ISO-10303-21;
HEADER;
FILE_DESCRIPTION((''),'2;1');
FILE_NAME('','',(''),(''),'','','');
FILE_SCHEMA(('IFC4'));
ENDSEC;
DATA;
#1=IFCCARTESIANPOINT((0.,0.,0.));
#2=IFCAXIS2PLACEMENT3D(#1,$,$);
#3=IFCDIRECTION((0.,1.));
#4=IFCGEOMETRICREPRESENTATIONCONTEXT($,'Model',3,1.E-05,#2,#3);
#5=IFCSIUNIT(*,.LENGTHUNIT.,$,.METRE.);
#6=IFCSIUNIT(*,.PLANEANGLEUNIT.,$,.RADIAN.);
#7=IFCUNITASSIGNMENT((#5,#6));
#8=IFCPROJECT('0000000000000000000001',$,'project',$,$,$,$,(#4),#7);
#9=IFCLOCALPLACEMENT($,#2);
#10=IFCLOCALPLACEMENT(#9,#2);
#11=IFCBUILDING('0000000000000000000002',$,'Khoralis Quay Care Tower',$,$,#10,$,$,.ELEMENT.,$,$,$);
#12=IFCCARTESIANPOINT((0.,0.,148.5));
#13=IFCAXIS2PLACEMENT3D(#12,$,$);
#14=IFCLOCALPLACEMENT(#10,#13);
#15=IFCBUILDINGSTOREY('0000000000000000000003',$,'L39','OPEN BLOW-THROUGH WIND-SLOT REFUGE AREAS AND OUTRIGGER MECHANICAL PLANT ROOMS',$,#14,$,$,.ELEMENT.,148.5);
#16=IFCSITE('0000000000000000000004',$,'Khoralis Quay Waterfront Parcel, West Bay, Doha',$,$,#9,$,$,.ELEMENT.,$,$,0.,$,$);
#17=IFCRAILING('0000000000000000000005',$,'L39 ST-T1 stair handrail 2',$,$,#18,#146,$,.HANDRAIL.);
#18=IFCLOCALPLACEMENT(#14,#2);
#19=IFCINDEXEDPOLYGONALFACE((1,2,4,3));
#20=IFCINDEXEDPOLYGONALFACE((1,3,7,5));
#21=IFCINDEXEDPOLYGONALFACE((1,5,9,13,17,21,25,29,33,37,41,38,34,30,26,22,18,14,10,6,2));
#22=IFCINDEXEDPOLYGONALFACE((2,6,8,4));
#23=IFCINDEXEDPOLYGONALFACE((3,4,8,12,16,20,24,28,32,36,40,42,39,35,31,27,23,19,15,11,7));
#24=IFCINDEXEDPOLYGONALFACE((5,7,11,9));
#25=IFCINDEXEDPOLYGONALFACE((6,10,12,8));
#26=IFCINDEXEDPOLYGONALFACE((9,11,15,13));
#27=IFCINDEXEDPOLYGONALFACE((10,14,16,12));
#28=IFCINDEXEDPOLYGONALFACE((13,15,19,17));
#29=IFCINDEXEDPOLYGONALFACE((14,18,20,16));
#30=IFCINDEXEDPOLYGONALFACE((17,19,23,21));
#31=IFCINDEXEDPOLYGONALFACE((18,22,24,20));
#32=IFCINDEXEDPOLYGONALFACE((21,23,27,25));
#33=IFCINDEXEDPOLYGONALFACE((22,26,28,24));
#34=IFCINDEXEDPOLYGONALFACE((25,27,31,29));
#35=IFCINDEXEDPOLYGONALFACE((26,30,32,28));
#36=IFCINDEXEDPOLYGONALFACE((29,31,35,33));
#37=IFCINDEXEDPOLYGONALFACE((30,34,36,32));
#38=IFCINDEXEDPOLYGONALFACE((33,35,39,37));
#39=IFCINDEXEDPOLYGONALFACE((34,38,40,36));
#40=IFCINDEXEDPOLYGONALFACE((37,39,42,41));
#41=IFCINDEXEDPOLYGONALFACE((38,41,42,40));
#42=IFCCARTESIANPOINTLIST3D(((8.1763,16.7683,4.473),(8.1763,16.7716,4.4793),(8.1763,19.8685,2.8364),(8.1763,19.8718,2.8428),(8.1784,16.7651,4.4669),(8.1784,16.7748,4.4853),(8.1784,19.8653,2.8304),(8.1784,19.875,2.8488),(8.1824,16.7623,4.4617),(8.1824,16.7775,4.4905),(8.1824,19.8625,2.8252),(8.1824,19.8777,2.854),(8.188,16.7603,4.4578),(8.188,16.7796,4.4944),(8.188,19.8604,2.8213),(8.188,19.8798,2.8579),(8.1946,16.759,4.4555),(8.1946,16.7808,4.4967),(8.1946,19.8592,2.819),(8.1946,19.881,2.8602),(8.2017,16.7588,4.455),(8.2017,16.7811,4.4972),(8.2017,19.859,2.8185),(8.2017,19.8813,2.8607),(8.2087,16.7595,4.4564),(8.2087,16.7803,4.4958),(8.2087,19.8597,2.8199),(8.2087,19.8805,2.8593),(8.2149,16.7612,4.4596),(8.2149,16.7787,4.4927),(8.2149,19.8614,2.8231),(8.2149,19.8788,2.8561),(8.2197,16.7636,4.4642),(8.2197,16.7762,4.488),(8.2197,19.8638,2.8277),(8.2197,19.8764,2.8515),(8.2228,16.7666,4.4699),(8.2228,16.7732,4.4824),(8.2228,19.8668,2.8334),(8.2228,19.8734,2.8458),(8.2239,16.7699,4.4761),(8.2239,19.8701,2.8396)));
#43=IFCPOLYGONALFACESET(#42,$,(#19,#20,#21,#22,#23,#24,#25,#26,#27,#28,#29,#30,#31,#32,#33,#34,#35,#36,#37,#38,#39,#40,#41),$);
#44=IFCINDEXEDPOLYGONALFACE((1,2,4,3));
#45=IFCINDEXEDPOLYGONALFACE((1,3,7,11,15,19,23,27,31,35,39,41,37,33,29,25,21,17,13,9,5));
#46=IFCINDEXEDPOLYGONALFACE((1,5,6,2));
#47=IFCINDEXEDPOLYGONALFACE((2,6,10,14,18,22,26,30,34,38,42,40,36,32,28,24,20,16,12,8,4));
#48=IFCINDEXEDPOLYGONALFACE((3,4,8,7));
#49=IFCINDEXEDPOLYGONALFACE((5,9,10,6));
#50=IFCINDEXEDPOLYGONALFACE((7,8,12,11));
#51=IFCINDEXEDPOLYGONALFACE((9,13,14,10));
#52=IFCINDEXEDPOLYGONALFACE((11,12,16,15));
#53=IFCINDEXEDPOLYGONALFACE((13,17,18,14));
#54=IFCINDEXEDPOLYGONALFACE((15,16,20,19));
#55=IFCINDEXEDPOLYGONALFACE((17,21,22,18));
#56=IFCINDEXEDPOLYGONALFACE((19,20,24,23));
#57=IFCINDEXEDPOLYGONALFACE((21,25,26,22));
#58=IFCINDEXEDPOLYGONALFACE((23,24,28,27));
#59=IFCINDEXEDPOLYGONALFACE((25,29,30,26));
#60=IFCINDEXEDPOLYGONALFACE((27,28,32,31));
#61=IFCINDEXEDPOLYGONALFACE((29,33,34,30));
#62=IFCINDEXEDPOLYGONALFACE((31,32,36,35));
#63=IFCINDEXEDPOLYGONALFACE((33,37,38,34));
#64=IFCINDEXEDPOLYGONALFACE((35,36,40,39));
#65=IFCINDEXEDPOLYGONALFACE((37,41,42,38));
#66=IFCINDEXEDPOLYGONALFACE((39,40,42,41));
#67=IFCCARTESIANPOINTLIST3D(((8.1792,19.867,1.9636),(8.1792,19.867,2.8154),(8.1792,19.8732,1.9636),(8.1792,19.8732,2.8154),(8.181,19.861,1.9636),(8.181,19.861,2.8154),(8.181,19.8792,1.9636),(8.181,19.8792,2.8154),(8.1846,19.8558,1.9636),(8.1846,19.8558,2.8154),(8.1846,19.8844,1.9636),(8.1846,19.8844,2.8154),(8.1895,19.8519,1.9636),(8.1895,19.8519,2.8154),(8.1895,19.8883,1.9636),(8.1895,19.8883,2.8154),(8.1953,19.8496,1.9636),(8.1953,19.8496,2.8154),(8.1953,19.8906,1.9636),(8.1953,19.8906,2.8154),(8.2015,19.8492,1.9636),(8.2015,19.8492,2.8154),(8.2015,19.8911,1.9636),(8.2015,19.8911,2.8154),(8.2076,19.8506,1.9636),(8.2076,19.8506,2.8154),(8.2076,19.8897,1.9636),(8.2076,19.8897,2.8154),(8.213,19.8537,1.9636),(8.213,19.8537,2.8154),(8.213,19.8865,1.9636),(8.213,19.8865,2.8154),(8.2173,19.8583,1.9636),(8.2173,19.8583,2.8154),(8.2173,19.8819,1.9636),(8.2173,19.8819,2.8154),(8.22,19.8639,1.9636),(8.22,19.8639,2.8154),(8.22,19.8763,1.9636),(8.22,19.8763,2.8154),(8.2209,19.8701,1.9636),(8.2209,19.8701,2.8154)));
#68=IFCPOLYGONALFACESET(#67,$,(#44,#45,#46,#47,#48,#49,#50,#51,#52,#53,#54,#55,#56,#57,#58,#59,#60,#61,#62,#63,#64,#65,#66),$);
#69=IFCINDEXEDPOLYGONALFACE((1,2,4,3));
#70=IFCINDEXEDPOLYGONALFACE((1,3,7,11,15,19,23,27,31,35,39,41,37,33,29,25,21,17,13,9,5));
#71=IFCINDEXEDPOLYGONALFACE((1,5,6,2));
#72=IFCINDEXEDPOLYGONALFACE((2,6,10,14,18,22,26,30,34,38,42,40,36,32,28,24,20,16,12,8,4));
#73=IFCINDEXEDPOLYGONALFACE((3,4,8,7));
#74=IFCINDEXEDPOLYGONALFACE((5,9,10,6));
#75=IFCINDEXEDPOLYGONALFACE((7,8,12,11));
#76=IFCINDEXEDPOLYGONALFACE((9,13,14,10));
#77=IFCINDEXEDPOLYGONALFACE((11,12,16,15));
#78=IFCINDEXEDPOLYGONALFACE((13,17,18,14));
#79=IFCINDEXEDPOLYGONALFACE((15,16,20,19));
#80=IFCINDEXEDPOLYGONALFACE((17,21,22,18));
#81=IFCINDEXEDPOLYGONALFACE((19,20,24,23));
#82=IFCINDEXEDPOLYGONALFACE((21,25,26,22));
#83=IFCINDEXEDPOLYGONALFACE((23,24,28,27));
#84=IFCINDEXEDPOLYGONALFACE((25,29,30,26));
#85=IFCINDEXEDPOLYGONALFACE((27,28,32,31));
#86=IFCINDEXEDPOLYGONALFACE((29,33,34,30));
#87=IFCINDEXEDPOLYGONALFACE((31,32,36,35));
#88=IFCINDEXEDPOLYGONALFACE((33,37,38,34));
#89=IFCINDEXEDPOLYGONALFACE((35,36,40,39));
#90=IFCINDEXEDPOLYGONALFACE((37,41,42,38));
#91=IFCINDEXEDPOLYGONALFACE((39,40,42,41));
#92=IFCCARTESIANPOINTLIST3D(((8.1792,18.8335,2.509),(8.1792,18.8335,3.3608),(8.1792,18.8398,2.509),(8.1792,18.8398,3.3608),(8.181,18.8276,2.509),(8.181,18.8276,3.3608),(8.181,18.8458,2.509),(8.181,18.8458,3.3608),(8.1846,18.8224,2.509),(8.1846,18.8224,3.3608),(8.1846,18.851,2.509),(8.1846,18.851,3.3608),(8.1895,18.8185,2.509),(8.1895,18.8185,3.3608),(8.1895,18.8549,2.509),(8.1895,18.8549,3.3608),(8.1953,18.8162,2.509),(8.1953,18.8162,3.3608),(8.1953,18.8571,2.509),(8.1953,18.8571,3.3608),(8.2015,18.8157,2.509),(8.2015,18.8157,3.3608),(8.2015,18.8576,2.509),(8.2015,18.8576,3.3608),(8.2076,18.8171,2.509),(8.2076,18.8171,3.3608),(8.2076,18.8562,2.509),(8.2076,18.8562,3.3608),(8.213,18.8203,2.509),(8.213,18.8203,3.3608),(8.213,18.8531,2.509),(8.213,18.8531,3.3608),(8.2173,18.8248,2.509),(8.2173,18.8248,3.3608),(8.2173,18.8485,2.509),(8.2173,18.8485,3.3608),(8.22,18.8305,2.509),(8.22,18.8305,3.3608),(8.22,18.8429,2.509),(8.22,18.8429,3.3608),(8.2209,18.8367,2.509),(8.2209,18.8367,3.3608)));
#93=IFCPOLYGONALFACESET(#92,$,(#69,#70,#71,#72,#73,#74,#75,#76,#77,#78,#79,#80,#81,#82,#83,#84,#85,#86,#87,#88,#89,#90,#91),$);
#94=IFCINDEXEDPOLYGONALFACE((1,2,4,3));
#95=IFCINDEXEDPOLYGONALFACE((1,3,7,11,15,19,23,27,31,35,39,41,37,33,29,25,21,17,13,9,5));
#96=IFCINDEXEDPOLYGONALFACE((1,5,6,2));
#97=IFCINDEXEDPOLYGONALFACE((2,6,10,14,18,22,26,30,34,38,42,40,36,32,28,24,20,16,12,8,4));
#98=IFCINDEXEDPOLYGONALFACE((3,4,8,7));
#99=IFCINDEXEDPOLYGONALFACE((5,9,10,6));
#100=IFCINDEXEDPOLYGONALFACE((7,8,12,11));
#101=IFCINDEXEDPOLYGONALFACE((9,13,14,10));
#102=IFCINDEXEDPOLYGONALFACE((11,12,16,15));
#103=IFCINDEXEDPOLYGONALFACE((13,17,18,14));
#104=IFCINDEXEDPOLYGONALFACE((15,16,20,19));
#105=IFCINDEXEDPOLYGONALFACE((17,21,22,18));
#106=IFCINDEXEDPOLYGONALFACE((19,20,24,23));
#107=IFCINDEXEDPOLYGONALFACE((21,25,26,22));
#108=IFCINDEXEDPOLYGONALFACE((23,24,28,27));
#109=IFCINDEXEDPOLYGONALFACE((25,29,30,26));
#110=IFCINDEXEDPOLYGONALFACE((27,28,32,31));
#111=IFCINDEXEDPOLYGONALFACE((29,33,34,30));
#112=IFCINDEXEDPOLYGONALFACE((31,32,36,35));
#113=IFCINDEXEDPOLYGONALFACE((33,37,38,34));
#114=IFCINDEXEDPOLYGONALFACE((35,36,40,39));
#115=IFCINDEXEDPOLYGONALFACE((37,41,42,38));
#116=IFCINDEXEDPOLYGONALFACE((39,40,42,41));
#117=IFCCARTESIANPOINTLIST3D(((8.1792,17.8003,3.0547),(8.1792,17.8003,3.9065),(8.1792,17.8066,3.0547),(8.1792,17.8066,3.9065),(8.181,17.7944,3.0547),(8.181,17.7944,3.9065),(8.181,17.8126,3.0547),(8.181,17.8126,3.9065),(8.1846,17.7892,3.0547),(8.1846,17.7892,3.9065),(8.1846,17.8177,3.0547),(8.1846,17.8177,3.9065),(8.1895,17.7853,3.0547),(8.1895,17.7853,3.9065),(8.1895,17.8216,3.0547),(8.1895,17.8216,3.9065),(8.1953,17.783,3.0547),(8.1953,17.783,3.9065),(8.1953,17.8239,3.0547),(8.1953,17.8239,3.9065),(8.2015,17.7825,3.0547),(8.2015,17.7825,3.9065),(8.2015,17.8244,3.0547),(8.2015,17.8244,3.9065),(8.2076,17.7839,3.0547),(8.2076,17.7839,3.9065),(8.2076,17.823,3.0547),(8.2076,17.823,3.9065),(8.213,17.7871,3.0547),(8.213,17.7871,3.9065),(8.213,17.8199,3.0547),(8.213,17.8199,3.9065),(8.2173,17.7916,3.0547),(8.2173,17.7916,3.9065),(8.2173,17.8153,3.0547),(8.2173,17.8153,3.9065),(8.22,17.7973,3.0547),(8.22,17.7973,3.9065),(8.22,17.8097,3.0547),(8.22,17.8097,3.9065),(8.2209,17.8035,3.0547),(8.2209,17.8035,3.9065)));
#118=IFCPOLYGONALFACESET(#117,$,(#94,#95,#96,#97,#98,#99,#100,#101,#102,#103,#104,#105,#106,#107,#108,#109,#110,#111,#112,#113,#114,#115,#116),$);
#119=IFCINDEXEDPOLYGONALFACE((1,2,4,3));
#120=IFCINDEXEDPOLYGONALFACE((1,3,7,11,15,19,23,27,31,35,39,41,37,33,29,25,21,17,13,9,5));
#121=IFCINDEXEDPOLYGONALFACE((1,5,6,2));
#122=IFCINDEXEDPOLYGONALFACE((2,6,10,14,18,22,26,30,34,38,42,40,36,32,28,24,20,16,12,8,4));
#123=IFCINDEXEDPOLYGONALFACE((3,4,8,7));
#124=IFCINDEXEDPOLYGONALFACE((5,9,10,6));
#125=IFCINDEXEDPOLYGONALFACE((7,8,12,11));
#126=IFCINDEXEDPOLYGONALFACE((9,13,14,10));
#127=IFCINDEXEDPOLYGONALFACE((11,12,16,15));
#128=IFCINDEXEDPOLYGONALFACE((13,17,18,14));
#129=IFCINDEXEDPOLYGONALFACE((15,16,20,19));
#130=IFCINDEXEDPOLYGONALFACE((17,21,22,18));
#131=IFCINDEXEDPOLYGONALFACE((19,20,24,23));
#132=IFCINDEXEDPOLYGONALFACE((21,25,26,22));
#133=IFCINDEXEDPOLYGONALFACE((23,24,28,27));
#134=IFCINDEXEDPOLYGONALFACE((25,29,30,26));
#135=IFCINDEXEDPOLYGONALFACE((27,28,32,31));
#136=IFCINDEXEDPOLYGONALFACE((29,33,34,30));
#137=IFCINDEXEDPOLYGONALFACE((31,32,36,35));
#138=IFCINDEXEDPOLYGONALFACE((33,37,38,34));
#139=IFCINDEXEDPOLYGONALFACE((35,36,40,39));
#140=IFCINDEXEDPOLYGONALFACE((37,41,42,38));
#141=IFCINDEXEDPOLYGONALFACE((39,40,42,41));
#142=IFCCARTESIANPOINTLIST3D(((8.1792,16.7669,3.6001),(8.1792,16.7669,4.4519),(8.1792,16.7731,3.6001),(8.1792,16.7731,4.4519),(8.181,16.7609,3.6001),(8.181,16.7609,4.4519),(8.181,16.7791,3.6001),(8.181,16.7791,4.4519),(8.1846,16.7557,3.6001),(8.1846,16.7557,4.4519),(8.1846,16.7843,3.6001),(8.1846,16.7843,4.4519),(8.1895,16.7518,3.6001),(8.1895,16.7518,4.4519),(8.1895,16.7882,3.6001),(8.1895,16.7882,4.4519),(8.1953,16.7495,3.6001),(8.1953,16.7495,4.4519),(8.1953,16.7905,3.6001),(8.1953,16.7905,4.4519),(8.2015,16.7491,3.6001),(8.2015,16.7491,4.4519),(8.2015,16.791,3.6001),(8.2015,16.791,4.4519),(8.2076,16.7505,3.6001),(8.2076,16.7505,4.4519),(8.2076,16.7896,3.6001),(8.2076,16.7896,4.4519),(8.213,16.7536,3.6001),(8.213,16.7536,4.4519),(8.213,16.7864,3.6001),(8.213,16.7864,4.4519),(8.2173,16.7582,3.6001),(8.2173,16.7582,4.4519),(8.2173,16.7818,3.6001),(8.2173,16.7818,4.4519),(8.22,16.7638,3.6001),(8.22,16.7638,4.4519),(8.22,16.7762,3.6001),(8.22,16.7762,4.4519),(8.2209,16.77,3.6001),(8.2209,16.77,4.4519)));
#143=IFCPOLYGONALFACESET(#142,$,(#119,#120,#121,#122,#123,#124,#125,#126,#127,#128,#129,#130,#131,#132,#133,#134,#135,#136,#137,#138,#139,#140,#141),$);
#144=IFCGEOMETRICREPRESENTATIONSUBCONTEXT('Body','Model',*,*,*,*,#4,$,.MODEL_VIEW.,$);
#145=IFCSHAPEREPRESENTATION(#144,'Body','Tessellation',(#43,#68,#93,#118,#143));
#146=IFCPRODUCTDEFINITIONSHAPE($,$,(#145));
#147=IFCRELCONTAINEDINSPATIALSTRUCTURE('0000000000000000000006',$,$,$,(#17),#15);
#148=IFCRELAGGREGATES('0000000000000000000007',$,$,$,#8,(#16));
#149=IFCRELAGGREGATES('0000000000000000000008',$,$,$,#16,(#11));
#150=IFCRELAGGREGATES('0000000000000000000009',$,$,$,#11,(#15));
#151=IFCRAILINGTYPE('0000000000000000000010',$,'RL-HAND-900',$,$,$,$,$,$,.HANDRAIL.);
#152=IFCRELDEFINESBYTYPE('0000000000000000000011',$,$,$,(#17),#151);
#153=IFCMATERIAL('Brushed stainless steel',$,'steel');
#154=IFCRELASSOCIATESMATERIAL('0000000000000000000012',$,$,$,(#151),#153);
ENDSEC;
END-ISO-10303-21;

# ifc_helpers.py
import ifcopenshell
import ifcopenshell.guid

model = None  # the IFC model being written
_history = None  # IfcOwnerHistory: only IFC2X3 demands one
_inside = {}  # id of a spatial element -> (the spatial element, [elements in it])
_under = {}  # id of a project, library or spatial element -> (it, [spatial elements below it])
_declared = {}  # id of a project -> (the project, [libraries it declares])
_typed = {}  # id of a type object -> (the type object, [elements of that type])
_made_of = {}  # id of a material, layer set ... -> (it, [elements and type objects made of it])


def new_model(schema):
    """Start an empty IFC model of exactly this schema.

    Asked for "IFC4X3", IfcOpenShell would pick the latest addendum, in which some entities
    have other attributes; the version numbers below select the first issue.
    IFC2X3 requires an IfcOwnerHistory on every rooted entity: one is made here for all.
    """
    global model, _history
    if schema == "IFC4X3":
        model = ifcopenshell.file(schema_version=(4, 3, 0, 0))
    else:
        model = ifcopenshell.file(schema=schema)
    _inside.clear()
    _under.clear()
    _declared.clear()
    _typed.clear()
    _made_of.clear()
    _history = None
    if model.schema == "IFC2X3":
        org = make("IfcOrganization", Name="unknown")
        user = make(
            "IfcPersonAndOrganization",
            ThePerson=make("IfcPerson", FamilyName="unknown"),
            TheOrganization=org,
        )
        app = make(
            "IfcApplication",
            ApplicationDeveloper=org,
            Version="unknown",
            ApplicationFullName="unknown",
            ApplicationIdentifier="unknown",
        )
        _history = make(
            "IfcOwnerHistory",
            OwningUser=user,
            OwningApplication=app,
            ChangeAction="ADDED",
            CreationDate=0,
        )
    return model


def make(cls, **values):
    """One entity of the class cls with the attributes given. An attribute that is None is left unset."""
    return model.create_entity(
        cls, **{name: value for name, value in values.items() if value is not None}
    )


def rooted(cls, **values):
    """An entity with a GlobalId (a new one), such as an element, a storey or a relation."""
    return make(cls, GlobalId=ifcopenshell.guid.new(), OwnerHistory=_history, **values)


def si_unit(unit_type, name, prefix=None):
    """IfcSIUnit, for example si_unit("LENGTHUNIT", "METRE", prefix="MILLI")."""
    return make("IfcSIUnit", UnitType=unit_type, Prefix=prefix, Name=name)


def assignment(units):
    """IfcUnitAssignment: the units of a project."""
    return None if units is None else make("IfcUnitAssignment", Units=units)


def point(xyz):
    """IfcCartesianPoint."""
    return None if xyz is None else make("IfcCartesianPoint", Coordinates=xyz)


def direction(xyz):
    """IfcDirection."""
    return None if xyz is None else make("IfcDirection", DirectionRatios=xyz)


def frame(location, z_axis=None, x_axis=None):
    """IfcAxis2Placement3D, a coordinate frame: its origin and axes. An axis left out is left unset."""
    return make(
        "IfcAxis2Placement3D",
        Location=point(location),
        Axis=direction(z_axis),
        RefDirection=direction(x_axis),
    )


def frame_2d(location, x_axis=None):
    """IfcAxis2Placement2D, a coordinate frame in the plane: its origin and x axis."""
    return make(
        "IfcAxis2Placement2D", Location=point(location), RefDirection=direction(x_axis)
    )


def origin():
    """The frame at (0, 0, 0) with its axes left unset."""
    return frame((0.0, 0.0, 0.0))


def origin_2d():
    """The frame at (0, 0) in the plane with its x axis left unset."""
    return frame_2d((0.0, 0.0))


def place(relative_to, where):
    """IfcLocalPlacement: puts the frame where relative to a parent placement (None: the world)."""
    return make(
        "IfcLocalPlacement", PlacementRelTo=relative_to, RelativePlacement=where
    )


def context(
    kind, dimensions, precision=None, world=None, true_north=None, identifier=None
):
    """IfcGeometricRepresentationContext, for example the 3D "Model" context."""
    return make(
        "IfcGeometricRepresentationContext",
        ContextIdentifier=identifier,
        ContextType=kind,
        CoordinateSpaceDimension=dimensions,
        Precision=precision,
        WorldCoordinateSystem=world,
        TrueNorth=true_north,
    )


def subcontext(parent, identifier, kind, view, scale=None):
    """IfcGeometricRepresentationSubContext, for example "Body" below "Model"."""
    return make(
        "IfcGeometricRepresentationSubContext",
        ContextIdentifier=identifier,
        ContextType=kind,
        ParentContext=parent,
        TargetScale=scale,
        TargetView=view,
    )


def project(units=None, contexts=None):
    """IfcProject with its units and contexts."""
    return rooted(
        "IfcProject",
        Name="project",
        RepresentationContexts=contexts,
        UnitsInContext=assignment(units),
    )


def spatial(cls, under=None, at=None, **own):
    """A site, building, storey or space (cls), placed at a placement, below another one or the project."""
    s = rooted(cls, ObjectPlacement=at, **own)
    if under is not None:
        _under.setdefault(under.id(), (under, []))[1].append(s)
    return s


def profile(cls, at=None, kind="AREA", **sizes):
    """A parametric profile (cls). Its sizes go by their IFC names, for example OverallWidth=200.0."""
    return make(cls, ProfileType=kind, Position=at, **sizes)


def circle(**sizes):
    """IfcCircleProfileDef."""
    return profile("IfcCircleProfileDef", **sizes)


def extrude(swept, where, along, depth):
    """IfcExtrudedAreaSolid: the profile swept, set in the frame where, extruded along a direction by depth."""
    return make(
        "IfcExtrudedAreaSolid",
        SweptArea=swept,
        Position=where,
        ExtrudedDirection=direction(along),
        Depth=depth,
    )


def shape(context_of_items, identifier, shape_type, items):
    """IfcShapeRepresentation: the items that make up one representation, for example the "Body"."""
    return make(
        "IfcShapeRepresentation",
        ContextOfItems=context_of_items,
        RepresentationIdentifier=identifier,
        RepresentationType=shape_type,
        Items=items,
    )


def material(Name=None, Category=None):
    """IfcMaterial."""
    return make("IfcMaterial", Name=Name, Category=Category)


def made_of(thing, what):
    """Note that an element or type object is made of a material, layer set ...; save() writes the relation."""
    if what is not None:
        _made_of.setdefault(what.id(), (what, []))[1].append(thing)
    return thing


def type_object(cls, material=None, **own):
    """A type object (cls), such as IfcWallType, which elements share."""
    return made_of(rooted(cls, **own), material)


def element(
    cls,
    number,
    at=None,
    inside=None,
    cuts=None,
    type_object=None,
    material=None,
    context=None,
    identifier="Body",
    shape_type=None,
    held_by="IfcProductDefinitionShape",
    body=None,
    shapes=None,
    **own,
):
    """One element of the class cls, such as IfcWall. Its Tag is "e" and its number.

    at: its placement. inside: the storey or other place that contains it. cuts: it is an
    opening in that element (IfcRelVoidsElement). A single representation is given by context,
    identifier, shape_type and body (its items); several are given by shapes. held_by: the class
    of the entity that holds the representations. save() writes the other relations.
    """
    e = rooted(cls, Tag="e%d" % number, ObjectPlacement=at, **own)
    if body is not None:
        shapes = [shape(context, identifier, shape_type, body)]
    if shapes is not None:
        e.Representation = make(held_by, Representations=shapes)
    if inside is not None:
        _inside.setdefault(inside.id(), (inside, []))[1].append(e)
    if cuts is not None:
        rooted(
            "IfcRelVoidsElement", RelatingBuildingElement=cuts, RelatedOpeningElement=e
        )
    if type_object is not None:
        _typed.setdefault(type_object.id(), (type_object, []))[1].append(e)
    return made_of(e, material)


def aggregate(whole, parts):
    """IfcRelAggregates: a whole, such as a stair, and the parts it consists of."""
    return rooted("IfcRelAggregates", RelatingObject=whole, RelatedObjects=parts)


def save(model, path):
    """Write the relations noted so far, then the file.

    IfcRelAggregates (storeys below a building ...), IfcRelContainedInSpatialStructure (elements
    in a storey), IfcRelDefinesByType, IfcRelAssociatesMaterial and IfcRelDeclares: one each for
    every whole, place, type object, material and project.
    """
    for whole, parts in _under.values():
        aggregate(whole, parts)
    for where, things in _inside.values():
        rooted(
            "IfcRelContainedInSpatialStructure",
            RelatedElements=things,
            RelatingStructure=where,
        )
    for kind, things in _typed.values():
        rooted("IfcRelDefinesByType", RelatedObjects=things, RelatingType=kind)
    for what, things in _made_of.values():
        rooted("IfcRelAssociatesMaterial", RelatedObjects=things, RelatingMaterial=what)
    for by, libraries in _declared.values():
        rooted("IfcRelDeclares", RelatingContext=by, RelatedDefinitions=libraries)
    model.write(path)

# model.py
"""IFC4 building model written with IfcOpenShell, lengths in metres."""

from ifc_helpers import new_model, si_unit, direction, frame, origin, origin_2d, place, context, subcontext, project, spatial, circle, extrude, material, type_object, element, save


model = new_model("IFC4")

# Units and contexts
model_context = context("Model", 3, precision=1e-05, world=origin(), true_north=direction((0.0, 1.0)))
body_context = subcontext(model_context, "Body", "Model", "MODEL_VIEW")
ifc_project = project(units=[si_unit("LENGTHUNIT", "METRE"), si_unit("PLANEANGLEUNIT", "RADIAN")], contexts=[model_context])

# Site, building, storey
site_placement = place(None, origin())
site = spatial("IfcSite", under=ifc_project, at=site_placement, Name="Khoralis Quay Waterfront Parcel, West Bay, Doha", CompositionType="ELEMENT", RefElevation=0.0)
building_placement = place(site_placement, origin())
building = spatial("IfcBuilding", under=site, at=building_placement, Name="Khoralis Quay Care Tower", CompositionType="ELEMENT")
storey_placement = place(building_placement, frame((0.0, 0.0, 148.5)))
storey = spatial("IfcBuildingStorey", under=building, at=storey_placement, Name="L39", Description="OPEN BLOW-THROUGH WIND-SLOT REFUGE AREAS AND OUTRIGGER MECHANICAL PLANT ROOMS", CompositionType="ELEMENT", Elevation=148.5)

# Railing
ifc_material_1 = material(Name="Brushed stainless steel", Category="steel")
railing_type_1 = type_object("IfcRailingType", Name="RL-HAND-900", PredefinedType="HANDRAIL", material=ifc_material_1)
railing_1_placement = place(storey_placement, frame((8.2, 19.8701, 1.9636)))
element("IfcRailing", 1, at=railing_1_placement, inside=storey, type_object=railing_type_1, Name="L39 ST-T1 stair handrail 2", PredefinedType="HANDRAIL", context=body_context, shape_type="SweptSolid", body=[
    extrude(circle(Radius=0.0239, at=origin_2d()), frame((0.0, 0.0, 0.876), z_axis=(0.0, -0.884348, 0.466828), x_axis=(1.0, 0.0, 0.0)), (0.0, 0.0, 1.0), 3.5056),
    extrude(circle(Radius=0.021, at=origin_2d()), origin(), (0.0, 0.0, 1.0), 0.8518),
    extrude(circle(Radius=0.021, at=origin_2d()), frame((0.0, -1.0334, 0.5454)), (0.0, 0.0, 1.0), 0.8518),
    extrude(circle(Radius=0.021, at=origin_2d()), frame((0.0, -2.0667, 1.0911)), (0.0, 0.0, 1.0), 0.8518),
    extrude(circle(Radius=0.021, at=origin_2d()), frame((0.0, -3.1001, 1.6365)), (0.0, 0.0, 1.0), 0.8518),
])

save(model, "model.ifc")
